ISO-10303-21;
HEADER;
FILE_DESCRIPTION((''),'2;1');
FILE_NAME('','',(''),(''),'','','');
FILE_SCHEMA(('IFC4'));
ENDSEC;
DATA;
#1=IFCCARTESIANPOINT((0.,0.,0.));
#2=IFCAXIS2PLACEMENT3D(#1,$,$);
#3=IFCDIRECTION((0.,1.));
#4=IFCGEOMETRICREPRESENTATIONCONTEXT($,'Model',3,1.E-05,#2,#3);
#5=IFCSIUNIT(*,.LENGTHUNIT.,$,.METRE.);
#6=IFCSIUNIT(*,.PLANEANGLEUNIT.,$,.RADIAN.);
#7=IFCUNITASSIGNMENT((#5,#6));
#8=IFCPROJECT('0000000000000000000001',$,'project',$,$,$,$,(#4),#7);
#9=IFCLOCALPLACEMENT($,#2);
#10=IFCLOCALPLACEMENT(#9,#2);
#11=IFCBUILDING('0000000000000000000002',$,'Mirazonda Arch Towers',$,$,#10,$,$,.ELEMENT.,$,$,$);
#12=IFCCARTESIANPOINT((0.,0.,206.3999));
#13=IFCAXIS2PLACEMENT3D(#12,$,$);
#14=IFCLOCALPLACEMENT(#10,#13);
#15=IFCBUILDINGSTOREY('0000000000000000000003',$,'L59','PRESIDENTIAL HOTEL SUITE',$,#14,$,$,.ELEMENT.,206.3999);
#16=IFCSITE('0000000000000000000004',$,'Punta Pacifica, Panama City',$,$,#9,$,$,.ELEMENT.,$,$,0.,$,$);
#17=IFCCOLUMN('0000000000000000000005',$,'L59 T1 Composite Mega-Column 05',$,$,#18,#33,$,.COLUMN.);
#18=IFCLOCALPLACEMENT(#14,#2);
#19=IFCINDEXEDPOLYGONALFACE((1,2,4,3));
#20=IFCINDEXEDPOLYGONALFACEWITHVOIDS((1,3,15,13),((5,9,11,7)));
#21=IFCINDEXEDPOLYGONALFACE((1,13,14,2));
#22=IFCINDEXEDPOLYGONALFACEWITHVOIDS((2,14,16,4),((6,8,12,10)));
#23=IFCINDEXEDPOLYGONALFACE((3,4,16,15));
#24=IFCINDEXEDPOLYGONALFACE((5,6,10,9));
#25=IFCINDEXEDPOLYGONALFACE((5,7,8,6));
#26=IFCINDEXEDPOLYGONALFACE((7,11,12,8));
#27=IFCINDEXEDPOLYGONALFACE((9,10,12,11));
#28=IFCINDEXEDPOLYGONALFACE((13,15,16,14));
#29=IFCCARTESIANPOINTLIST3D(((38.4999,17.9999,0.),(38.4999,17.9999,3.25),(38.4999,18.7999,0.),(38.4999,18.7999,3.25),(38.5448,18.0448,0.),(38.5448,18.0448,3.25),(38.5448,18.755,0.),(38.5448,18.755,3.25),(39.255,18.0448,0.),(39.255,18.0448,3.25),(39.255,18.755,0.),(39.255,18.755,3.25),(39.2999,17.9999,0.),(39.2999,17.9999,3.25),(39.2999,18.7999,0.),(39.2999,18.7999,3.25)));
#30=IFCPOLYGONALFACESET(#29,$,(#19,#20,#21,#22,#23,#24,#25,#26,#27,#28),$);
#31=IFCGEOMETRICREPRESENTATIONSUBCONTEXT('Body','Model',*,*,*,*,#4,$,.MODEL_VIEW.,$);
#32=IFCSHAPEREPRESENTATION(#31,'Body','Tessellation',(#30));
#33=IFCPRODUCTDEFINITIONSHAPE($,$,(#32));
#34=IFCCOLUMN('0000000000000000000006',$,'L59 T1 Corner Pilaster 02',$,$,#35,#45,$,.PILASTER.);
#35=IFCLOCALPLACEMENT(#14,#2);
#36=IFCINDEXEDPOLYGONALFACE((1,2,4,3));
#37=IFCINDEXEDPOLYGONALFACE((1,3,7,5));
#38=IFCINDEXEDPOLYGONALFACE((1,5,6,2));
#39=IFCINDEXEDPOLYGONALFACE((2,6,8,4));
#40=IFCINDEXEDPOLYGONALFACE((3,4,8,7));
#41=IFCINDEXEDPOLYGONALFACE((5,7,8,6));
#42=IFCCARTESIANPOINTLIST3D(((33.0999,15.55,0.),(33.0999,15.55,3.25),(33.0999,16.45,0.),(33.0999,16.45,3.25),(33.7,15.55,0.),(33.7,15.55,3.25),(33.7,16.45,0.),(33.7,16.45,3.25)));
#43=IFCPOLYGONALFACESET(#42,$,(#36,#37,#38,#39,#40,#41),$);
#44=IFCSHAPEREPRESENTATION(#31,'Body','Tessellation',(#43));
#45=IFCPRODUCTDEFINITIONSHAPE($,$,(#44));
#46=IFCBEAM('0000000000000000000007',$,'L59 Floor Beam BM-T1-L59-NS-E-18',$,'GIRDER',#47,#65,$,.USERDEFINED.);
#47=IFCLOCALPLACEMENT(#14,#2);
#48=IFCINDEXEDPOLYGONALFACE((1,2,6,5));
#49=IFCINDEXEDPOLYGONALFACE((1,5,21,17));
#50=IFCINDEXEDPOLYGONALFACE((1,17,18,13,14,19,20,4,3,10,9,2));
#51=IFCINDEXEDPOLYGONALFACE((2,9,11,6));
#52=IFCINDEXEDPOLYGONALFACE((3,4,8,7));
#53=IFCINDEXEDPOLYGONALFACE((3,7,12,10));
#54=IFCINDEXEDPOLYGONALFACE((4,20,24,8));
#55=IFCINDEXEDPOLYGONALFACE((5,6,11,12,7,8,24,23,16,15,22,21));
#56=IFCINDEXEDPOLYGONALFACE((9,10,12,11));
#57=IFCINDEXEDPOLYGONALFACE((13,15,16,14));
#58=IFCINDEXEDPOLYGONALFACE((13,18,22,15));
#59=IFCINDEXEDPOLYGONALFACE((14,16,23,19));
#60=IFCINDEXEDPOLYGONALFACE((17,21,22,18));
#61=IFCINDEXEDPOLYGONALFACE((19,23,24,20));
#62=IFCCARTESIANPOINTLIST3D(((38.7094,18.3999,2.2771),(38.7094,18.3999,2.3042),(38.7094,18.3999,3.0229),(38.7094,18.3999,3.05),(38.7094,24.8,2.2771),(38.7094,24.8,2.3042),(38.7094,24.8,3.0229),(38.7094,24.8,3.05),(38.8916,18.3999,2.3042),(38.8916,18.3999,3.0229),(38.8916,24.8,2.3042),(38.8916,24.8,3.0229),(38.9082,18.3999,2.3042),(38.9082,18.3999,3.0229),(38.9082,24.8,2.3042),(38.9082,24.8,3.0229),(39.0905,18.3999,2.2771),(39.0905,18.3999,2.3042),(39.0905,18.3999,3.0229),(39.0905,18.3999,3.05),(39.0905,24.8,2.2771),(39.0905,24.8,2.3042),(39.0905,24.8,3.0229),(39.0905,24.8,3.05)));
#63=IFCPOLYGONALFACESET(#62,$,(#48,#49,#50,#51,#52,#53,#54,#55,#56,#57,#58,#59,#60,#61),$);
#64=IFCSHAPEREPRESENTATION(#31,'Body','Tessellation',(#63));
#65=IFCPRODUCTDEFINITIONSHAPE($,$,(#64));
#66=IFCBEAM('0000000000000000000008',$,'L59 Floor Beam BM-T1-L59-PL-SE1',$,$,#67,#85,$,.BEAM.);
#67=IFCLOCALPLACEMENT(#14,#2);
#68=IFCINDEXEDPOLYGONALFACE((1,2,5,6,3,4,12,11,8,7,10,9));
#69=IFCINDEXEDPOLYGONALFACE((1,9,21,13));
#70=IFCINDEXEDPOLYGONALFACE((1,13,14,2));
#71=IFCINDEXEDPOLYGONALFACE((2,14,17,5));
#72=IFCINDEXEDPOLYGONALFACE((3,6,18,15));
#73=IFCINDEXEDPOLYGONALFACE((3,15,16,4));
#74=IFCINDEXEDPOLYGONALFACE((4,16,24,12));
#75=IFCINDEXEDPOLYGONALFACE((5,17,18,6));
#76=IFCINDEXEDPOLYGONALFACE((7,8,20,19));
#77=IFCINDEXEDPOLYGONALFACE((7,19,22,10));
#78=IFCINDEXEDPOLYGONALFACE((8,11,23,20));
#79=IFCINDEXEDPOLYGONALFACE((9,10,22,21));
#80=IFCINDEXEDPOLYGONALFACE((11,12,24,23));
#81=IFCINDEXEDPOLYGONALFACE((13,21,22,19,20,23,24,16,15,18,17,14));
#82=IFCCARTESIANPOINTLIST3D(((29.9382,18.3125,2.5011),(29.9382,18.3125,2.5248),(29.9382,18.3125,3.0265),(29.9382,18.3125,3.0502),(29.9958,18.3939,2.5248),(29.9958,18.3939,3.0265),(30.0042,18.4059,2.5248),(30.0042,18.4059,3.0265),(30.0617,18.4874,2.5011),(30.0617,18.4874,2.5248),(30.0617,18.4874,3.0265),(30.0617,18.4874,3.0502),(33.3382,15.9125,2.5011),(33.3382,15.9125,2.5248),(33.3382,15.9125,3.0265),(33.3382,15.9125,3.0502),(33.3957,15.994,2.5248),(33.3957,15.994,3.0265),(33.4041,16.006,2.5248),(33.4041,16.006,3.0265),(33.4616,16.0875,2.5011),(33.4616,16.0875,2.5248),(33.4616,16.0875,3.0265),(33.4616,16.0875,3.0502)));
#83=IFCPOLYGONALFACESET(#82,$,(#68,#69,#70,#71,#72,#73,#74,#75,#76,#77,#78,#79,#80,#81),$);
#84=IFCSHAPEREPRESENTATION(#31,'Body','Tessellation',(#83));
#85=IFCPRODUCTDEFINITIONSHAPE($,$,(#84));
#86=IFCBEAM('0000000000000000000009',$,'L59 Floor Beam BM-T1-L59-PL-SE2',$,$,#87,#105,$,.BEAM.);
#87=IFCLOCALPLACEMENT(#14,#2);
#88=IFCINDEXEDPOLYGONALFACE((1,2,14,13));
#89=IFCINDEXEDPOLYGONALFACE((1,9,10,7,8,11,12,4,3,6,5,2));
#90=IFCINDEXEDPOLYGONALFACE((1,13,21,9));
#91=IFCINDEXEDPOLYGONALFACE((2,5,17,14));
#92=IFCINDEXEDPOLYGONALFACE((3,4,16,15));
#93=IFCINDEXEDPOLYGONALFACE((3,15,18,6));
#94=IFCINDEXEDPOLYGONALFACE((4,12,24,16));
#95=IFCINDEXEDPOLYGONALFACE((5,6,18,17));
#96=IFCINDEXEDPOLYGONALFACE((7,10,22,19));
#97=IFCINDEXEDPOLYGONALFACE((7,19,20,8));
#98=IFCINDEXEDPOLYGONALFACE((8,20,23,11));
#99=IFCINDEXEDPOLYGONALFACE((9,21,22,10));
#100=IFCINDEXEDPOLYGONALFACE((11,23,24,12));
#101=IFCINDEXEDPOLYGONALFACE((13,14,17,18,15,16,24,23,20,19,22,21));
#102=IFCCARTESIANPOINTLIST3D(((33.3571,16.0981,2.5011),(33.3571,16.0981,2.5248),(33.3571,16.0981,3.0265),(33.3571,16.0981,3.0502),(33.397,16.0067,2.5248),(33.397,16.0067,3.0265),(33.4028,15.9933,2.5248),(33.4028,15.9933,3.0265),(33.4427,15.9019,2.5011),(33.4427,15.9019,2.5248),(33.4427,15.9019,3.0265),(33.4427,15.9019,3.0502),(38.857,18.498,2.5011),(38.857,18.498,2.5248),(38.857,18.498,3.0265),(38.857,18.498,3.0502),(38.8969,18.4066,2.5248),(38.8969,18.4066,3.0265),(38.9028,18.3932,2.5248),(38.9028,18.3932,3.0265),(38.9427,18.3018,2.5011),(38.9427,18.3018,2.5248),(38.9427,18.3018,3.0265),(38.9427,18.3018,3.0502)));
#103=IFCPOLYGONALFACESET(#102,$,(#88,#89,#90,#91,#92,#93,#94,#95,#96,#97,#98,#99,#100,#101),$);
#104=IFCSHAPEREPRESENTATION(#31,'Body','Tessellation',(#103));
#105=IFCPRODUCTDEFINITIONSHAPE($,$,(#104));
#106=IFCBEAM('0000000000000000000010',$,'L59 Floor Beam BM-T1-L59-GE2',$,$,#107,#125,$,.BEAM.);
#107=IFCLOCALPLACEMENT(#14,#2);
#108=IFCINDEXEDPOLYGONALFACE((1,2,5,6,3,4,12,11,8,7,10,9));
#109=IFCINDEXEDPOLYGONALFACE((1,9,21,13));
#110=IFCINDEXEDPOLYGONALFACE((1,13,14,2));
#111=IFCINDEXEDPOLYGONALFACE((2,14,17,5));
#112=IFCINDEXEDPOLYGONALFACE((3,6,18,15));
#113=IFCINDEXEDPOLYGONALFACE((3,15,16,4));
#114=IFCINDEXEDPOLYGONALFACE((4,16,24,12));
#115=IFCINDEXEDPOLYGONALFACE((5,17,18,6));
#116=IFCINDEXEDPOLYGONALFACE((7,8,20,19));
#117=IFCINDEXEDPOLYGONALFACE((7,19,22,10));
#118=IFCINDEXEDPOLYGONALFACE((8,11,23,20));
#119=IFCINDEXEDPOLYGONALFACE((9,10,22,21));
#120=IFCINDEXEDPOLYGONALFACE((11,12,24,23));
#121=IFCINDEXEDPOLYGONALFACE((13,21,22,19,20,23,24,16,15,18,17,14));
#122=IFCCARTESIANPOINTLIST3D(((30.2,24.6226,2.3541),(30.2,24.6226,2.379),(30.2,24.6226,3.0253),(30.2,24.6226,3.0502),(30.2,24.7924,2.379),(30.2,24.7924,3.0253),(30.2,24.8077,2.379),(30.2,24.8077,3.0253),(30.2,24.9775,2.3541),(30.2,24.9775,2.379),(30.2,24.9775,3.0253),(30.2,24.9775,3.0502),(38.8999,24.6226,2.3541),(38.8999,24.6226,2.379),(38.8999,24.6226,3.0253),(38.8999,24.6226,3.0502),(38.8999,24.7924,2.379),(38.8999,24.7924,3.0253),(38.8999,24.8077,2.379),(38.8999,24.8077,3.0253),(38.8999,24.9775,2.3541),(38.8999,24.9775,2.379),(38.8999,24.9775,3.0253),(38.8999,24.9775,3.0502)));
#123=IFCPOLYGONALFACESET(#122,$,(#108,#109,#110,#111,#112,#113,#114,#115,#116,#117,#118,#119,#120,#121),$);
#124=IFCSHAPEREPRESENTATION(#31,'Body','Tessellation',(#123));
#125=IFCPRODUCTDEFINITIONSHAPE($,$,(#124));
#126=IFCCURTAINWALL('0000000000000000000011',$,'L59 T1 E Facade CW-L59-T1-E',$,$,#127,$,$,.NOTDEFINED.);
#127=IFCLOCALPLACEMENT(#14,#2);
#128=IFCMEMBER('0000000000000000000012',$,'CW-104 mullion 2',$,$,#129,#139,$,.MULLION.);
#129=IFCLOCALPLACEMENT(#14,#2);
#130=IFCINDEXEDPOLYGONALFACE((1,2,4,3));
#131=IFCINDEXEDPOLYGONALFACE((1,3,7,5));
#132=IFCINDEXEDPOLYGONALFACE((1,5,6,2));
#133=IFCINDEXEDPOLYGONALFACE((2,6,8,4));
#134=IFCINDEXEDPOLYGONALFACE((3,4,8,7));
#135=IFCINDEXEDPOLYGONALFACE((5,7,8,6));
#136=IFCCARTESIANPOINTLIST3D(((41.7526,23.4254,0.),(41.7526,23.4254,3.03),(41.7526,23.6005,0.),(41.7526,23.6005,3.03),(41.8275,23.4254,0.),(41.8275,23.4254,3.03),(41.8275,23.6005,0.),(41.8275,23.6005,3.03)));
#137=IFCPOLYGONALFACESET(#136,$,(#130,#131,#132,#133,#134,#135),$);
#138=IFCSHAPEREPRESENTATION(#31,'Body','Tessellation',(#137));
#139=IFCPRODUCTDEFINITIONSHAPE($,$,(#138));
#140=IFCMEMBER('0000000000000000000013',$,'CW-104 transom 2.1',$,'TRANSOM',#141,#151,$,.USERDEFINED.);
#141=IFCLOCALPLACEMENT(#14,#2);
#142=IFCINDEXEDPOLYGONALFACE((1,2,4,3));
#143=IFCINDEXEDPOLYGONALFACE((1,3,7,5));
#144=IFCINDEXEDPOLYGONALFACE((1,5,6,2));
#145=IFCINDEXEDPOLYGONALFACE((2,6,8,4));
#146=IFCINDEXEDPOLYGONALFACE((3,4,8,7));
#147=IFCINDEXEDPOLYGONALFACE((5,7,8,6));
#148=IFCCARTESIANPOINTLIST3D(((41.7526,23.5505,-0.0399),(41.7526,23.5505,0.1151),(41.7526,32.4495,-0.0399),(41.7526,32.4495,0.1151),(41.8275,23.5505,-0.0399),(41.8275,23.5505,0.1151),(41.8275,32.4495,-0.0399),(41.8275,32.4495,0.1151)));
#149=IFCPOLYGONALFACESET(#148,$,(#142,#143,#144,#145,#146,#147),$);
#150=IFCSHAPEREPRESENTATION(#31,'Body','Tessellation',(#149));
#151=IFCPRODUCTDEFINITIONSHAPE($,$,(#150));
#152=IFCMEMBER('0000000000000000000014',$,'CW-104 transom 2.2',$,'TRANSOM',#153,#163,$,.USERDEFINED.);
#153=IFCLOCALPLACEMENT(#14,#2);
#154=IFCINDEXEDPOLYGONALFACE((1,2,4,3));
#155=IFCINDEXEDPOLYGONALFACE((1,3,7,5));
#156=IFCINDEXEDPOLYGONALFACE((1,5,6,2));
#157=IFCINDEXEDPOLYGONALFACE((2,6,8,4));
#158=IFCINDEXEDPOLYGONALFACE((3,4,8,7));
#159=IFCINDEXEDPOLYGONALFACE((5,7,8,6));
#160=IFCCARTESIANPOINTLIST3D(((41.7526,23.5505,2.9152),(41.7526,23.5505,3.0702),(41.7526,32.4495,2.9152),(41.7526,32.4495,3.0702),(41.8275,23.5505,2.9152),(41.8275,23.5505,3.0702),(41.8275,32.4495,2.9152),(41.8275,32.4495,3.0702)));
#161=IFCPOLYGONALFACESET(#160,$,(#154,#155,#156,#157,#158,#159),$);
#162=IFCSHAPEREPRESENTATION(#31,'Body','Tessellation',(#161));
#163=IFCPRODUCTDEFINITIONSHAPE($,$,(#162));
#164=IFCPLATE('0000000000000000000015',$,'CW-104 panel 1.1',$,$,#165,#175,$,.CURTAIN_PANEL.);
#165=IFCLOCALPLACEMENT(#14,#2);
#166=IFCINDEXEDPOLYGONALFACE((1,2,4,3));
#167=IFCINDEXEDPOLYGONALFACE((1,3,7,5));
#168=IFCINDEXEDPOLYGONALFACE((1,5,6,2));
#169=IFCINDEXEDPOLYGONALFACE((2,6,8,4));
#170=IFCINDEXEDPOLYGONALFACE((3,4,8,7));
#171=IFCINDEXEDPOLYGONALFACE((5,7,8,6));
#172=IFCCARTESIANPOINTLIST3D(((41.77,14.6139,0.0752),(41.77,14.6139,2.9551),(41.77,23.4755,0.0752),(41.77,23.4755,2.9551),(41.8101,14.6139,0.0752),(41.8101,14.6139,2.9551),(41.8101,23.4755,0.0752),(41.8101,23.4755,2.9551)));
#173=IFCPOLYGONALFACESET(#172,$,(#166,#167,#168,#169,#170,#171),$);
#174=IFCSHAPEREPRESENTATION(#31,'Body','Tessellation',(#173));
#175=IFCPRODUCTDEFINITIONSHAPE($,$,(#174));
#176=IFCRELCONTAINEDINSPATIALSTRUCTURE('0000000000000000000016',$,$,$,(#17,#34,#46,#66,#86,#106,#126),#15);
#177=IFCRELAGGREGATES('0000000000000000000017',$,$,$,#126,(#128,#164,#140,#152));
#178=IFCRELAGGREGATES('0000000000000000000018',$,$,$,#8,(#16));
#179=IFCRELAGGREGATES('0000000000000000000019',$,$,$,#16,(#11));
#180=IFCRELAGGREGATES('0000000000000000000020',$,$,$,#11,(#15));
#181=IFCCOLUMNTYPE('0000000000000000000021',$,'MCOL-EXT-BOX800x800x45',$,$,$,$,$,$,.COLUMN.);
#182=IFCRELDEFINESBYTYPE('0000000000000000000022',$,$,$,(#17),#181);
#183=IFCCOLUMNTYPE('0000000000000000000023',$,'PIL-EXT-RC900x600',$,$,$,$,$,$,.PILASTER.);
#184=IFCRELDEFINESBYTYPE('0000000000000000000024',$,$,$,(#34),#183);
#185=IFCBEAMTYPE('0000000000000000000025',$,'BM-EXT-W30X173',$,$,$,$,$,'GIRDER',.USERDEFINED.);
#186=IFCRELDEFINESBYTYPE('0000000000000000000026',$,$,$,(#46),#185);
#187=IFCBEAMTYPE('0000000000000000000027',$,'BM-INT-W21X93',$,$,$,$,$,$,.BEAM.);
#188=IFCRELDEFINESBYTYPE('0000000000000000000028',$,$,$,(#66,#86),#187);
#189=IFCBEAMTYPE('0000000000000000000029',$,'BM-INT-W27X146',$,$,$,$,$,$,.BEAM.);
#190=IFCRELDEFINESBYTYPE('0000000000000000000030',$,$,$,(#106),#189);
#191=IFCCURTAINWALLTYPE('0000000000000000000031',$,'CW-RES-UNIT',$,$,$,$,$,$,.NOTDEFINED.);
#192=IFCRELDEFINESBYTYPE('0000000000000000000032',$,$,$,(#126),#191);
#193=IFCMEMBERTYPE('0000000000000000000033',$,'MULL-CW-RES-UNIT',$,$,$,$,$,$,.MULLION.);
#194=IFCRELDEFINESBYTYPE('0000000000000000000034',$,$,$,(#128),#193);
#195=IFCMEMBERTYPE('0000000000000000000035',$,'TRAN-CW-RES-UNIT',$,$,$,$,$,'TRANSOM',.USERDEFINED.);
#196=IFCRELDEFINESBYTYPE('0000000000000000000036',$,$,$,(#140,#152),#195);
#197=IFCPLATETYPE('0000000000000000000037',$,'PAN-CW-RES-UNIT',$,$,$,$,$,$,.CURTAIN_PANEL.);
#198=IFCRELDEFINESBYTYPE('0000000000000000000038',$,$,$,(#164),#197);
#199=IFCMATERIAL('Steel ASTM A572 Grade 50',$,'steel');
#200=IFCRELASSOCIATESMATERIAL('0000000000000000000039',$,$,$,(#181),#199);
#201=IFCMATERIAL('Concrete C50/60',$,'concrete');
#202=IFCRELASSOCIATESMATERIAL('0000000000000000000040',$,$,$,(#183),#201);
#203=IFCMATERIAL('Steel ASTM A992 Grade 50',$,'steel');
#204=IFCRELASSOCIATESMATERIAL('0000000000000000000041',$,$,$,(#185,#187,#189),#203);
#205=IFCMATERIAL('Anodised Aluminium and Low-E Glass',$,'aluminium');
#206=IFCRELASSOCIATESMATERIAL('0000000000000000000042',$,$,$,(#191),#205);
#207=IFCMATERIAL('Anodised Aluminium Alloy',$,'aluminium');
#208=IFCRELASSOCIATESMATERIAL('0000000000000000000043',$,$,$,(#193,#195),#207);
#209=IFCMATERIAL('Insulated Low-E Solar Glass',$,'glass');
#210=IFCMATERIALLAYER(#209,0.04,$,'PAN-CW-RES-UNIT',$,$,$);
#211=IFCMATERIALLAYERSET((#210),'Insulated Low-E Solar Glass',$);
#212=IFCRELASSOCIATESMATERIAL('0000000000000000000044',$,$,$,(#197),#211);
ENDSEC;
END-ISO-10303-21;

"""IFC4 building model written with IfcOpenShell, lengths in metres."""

from ifc_helpers import new_model, si_unit, direction, frame, origin, origin_2d, place, context, subcontext, project, spatial, rectangle, hollow_rectangle, i_section, extrude, material, layer, layer_set, material_profile, profile_set, type_object, element, aggregate, save


model = new_model("IFC4")

# Units and contexts
model_context = context("Model", 3, precision=1e-05, world=origin(), true_north=direction((0.0, 1.0)))
body_context = subcontext(model_context, "Body", "Model", "MODEL_VIEW")
ifc_project = project(units=[si_unit("LENGTHUNIT", "METRE"), si_unit("PLANEANGLEUNIT", "RADIAN")], contexts=[model_context])

# Site, building, storey
site_placement = place(None, origin())
site = spatial("IfcSite", under=ifc_project, at=site_placement, Name="Punta Pacifica, Panama City", CompositionType="ELEMENT", RefElevation=0.0)
building_placement = place(site_placement, origin())
building = spatial("IfcBuilding", under=site, at=building_placement, Name="Mirazonda Arch Towers", CompositionType="ELEMENT")
storey_placement = place(building_placement, frame((0.0, 0.0, 206.3999)))
storey = spatial("IfcBuildingStorey", under=building, at=storey_placement, Name="L59", Description="PRESIDENTIAL HOTEL SUITE", CompositionType="ELEMENT", Elevation=206.3999)

# Columns
ifc_material_1 = material(Name="Steel ASTM A572 Grade 50", Category="steel")
ifc_material_profile_1 = material_profile(ifc_material_1, hollow_rectangle(XDim=0.8, YDim=0.8, WallThickness=0.0449, at=origin_2d()), Name="BOX800x800x45")
ifc_profile_set_1 = profile_set([ifc_material_profile_1], Name="Steel ASTM A572 Grade 50")
column_type_1 = type_object("IfcColumnType", Name="MCOL-EXT-BOX800x800x45", PredefinedType="COLUMN", material=ifc_profile_set_1)
column_1_placement = place(storey_placement, frame((38.8999, 18.3999, 0.0), z_axis=(0.0, 0.0, 1.0), x_axis=(1.0, 0.0, 0.0)))
element("IfcColumn", 1, at=column_1_placement, inside=storey, type_object=column_type_1, Name="L59 T1 Composite Mega-Column 05", PredefinedType="COLUMN", context=body_context, shape_type="SweptSolid", body=[
    extrude(hollow_rectangle(XDim=0.8, YDim=0.8, WallThickness=0.0449, at=origin_2d()), origin(), (0.0, 0.0, 1.0), 3.25),
])
ifc_material_2 = material(Name="Concrete C50/60", Category="concrete")
ifc_material_profile_2 = material_profile(ifc_material_2, rectangle(XDim=0.6001, YDim=0.8999, at=origin_2d()), Name="RC900x600")
ifc_profile_set_2 = profile_set([ifc_material_profile_2], Name="Concrete C50/60")
column_type_2 = type_object("IfcColumnType", Name="PIL-EXT-RC900x600", PredefinedType="PILASTER", material=ifc_profile_set_2)
column_2_placement = place(storey_placement, frame((33.3999, 16.0, 0.0), z_axis=(0.0, 0.0, 1.0), x_axis=(1.0, 0.0, 0.0)))
element("IfcColumn", 2, at=column_2_placement, inside=storey, type_object=column_type_2, Name="L59 T1 Corner Pilaster 02", PredefinedType="PILASTER", context=body_context, shape_type="SweptSolid", body=[
    extrude(rectangle(XDim=0.6001, YDim=0.8999, at=origin_2d()), origin(), (0.0, 0.0, 1.0), 3.25),
])

# Beams
ifc_material_3 = material(Name="Steel ASTM A992 Grade 50", Category="steel")
ifc_material_profile_3 = material_profile(ifc_material_3, i_section(OverallWidth=0.3811, OverallDepth=0.7729, WebThickness=0.0166, FlangeThickness=0.0271, at=origin_2d()), Name="W30X173")
ifc_profile_set_3 = profile_set([ifc_material_profile_3], Name="Steel ASTM A992 Grade 50")
beam_type_1 = type_object("IfcBeamType", Name="BM-EXT-W30X173", ElementType="GIRDER", PredefinedType="USERDEFINED", material=ifc_profile_set_3)
beam_1_placement = place(storey_placement, frame((38.8999, 18.3999, 2.6636), z_axis=(0.0, 1.0, 0.0), x_axis=(-1.0, 0.0, 0.0)))
element("IfcBeam", 3, at=beam_1_placement, inside=storey, type_object=beam_type_1, Name="L59 Floor Beam BM-T1-L59-NS-E-18", ObjectType="GIRDER", PredefinedType="USERDEFINED", context=body_context, shape_type="SweptSolid", body=[
    extrude(i_section(OverallWidth=0.3811, OverallDepth=0.7729, WebThickness=0.0166, FlangeThickness=0.0271, at=origin_2d()), origin(), (0.0, 0.0, 1.0), 6.4001),
])
ifc_material_profile_4 = material_profile(ifc_material_3, i_section(OverallWidth=0.2141, OverallDepth=0.5491, WebThickness=0.0146, FlangeThickness=0.0237, at=origin_2d()), Name="W21X93")
ifc_profile_set_4 = profile_set([ifc_material_profile_4], Name="Steel ASTM A992 Grade 50")
beam_type_2 = type_object("IfcBeamType", Name="BM-INT-W21X93", PredefinedType="BEAM", material=ifc_profile_set_4)
beam_2_placement = place(storey_placement, frame((33.3999, 16.0, 2.7756), z_axis=(-0.816971, 0.576679, 0.0), x_axis=(-0.576679, -0.816971, 0.0)))
element("IfcBeam", 4, at=beam_2_placement, inside=storey, type_object=beam_type_2, Name="L59 Floor Beam BM-T1-L59-PL-SE1", PredefinedType="BEAM", context=body_context, shape_type="SweptSolid", body=[
    extrude(i_section(OverallWidth=0.2141, OverallDepth=0.5491, WebThickness=0.0146, FlangeThickness=0.0237, at=origin_2d()), origin(), (0.0, 0.0, 1.0), 4.1616),
])
beam_3_placement = place(storey_placement, frame((33.3999, 16.0, 2.7756), z_axis=(0.916545, 0.399931, 0.0), x_axis=(-0.399931, 0.916545, 0.0)))
element("IfcBeam", 5, at=beam_3_placement, inside=storey, type_object=beam_type_2, Name="L59 Floor Beam BM-T1-L59-PL-SE2", PredefinedType="BEAM", context=body_context, shape_type="SweptSolid", body=[
    extrude(i_section(OverallWidth=0.2141, OverallDepth=0.5491, WebThickness=0.0146, FlangeThickness=0.0237, at=origin_2d()), origin(), (0.0, 0.0, 1.0), 6.0007),
])
ifc_material_profile_5 = material_profile(ifc_material_3, i_section(OverallWidth=0.355, OverallDepth=0.696, WebThickness=0.0154, FlangeThickness=0.0249, at=origin_2d()), Name="W27X146")
ifc_profile_set_5 = profile_set([ifc_material_profile_5], Name="Steel ASTM A992 Grade 50")
beam_type_3 = type_object("IfcBeamType", Name="BM-INT-W27X146", PredefinedType="BEAM", material=ifc_profile_set_5)
beam_4_placement = place(storey_placement, frame((30.2, 24.8, 2.7021), z_axis=(1.0, 0.0, 0.0), x_axis=(0.0, 1.0, 0.0)))
element("IfcBeam", 6, at=beam_4_placement, inside=storey, type_object=beam_type_3, Name="L59 Floor Beam BM-T1-L59-GE2", PredefinedType="BEAM", context=body_context, shape_type="SweptSolid", body=[
    extrude(i_section(OverallWidth=0.355, OverallDepth=0.696, WebThickness=0.0154, FlangeThickness=0.0249, at=origin_2d()), origin(), (0.0, 0.0, 1.0), 8.7),
])

# Curtain wall, members, plate
ifc_material_4 = material(Name="Anodised Aluminium and Low-E Glass", Category="aluminium")
curtain_wall_type = type_object("IfcCurtainWallType", Name="CW-RES-UNIT", PredefinedType="NOTDEFINED", material=ifc_material_4)
curtain_wall_placement = place(storey_placement, origin())
curtain_wall = element("IfcCurtainWall", 7, at=curtain_wall_placement, inside=storey, type_object=curtain_wall_type, Name="L59 T1 E Facade CW-L59-T1-E", PredefinedType="NOTDEFINED")
ifc_material_5 = material(Name="Anodised Aluminium Alloy", Category="aluminium")
ifc_material_profile_6 = material_profile(ifc_material_5, rectangle(XDim=0.075, YDim=0.175, at=origin_2d()), Name="ALU-MULL-75x175")
ifc_profile_set_6 = profile_set([ifc_material_profile_6], Name="Anodised Aluminium Alloy")
member_type_1 = type_object("IfcMemberType", Name="MULL-CW-RES-UNIT", PredefinedType="MULLION", material=ifc_profile_set_6)
member_1_placement = place(storey_placement, frame((41.79, 23.5129, 0.0), z_axis=(0.0, 0.0, 1.0), x_axis=(-1.0, 0.0, 0.0)))
member_1 = element("IfcMember", 8, at=member_1_placement, type_object=member_type_1, Name="CW-104 mullion 2", PredefinedType="MULLION", context=body_context, shape_type="SweptSolid", body=[
    extrude(rectangle(XDim=0.075, YDim=0.175, at=origin_2d()), origin(), (0.0, 0.0, 1.0), 3.03),
])
ifc_material_profile_7 = material_profile(ifc_material_5, rectangle(XDim=0.075, YDim=0.155, at=origin_2d()), Name="ALU-TRAN-75x155")
ifc_profile_set_7 = profile_set([ifc_material_profile_7], Name="Anodised Aluminium Alloy")
member_type_2 = type_object("IfcMemberType", Name="TRAN-CW-RES-UNIT", ElementType="TRANSOM", PredefinedType="USERDEFINED", material=ifc_profile_set_7)
member_2_placement = place(storey_placement, frame((41.79, 23.5505, 0.0376), z_axis=(0.0, 1.0, 0.0), x_axis=(-1.0, 0.0, 0.0)))
member_2 = element("IfcMember", 9, at=member_2_placement, type_object=member_type_2, Name="CW-104 transom 2.1", ObjectType="TRANSOM", PredefinedType="USERDEFINED", context=body_context, shape_type="SweptSolid", body=[
    extrude(rectangle(XDim=0.075, YDim=0.155, at=origin_2d()), origin(), (0.0, 0.0, 1.0), 8.8989),
])
member_3_placement = place(storey_placement, frame((41.79, 23.5505, 2.9927), z_axis=(0.0, 1.0, 0.0), x_axis=(-1.0, 0.0, 0.0)))
member_3 = element("IfcMember", 10, at=member_3_placement, type_object=member_type_2, Name="CW-104 transom 2.2", ObjectType="TRANSOM", PredefinedType="USERDEFINED", context=body_context, shape_type="SweptSolid", body=[
    extrude(rectangle(XDim=0.075, YDim=0.155, at=origin_2d()), origin(), (0.0, 0.0, 1.0), 8.8989),
])
ifc_material_6 = material(Name="Insulated Low-E Solar Glass", Category="glass")
ifc_layer_1 = layer(ifc_material_6, 0.04, Name="PAN-CW-RES-UNIT")
ifc_layer_set_1 = layer_set([ifc_layer_1], Name="Insulated Low-E Solar Glass")
plate_type = type_object("IfcPlateType", Name="PAN-CW-RES-UNIT", PredefinedType="CURTAIN_PANEL", material=ifc_layer_set_1)
plate_placement = place(storey_placement, frame((41.79, 19.0447, 0.0752), z_axis=(0.0, 0.0, 1.0), x_axis=(0.0, 1.0, 0.0)))
plate = element("IfcPlate", 11, at=plate_placement, type_object=plate_type, Name="CW-104 panel 1.1", PredefinedType="CURTAIN_PANEL", context=body_context, shape_type="SweptSolid", body=[
    extrude(rectangle(XDim=8.8616, YDim=0.04, at=origin_2d()), origin(), (0.0, 0.0, 1.0), 2.8799),
])
aggregate(curtain_wall, [member_1, plate, member_2, member_3])

save(model, "model.ifc")
